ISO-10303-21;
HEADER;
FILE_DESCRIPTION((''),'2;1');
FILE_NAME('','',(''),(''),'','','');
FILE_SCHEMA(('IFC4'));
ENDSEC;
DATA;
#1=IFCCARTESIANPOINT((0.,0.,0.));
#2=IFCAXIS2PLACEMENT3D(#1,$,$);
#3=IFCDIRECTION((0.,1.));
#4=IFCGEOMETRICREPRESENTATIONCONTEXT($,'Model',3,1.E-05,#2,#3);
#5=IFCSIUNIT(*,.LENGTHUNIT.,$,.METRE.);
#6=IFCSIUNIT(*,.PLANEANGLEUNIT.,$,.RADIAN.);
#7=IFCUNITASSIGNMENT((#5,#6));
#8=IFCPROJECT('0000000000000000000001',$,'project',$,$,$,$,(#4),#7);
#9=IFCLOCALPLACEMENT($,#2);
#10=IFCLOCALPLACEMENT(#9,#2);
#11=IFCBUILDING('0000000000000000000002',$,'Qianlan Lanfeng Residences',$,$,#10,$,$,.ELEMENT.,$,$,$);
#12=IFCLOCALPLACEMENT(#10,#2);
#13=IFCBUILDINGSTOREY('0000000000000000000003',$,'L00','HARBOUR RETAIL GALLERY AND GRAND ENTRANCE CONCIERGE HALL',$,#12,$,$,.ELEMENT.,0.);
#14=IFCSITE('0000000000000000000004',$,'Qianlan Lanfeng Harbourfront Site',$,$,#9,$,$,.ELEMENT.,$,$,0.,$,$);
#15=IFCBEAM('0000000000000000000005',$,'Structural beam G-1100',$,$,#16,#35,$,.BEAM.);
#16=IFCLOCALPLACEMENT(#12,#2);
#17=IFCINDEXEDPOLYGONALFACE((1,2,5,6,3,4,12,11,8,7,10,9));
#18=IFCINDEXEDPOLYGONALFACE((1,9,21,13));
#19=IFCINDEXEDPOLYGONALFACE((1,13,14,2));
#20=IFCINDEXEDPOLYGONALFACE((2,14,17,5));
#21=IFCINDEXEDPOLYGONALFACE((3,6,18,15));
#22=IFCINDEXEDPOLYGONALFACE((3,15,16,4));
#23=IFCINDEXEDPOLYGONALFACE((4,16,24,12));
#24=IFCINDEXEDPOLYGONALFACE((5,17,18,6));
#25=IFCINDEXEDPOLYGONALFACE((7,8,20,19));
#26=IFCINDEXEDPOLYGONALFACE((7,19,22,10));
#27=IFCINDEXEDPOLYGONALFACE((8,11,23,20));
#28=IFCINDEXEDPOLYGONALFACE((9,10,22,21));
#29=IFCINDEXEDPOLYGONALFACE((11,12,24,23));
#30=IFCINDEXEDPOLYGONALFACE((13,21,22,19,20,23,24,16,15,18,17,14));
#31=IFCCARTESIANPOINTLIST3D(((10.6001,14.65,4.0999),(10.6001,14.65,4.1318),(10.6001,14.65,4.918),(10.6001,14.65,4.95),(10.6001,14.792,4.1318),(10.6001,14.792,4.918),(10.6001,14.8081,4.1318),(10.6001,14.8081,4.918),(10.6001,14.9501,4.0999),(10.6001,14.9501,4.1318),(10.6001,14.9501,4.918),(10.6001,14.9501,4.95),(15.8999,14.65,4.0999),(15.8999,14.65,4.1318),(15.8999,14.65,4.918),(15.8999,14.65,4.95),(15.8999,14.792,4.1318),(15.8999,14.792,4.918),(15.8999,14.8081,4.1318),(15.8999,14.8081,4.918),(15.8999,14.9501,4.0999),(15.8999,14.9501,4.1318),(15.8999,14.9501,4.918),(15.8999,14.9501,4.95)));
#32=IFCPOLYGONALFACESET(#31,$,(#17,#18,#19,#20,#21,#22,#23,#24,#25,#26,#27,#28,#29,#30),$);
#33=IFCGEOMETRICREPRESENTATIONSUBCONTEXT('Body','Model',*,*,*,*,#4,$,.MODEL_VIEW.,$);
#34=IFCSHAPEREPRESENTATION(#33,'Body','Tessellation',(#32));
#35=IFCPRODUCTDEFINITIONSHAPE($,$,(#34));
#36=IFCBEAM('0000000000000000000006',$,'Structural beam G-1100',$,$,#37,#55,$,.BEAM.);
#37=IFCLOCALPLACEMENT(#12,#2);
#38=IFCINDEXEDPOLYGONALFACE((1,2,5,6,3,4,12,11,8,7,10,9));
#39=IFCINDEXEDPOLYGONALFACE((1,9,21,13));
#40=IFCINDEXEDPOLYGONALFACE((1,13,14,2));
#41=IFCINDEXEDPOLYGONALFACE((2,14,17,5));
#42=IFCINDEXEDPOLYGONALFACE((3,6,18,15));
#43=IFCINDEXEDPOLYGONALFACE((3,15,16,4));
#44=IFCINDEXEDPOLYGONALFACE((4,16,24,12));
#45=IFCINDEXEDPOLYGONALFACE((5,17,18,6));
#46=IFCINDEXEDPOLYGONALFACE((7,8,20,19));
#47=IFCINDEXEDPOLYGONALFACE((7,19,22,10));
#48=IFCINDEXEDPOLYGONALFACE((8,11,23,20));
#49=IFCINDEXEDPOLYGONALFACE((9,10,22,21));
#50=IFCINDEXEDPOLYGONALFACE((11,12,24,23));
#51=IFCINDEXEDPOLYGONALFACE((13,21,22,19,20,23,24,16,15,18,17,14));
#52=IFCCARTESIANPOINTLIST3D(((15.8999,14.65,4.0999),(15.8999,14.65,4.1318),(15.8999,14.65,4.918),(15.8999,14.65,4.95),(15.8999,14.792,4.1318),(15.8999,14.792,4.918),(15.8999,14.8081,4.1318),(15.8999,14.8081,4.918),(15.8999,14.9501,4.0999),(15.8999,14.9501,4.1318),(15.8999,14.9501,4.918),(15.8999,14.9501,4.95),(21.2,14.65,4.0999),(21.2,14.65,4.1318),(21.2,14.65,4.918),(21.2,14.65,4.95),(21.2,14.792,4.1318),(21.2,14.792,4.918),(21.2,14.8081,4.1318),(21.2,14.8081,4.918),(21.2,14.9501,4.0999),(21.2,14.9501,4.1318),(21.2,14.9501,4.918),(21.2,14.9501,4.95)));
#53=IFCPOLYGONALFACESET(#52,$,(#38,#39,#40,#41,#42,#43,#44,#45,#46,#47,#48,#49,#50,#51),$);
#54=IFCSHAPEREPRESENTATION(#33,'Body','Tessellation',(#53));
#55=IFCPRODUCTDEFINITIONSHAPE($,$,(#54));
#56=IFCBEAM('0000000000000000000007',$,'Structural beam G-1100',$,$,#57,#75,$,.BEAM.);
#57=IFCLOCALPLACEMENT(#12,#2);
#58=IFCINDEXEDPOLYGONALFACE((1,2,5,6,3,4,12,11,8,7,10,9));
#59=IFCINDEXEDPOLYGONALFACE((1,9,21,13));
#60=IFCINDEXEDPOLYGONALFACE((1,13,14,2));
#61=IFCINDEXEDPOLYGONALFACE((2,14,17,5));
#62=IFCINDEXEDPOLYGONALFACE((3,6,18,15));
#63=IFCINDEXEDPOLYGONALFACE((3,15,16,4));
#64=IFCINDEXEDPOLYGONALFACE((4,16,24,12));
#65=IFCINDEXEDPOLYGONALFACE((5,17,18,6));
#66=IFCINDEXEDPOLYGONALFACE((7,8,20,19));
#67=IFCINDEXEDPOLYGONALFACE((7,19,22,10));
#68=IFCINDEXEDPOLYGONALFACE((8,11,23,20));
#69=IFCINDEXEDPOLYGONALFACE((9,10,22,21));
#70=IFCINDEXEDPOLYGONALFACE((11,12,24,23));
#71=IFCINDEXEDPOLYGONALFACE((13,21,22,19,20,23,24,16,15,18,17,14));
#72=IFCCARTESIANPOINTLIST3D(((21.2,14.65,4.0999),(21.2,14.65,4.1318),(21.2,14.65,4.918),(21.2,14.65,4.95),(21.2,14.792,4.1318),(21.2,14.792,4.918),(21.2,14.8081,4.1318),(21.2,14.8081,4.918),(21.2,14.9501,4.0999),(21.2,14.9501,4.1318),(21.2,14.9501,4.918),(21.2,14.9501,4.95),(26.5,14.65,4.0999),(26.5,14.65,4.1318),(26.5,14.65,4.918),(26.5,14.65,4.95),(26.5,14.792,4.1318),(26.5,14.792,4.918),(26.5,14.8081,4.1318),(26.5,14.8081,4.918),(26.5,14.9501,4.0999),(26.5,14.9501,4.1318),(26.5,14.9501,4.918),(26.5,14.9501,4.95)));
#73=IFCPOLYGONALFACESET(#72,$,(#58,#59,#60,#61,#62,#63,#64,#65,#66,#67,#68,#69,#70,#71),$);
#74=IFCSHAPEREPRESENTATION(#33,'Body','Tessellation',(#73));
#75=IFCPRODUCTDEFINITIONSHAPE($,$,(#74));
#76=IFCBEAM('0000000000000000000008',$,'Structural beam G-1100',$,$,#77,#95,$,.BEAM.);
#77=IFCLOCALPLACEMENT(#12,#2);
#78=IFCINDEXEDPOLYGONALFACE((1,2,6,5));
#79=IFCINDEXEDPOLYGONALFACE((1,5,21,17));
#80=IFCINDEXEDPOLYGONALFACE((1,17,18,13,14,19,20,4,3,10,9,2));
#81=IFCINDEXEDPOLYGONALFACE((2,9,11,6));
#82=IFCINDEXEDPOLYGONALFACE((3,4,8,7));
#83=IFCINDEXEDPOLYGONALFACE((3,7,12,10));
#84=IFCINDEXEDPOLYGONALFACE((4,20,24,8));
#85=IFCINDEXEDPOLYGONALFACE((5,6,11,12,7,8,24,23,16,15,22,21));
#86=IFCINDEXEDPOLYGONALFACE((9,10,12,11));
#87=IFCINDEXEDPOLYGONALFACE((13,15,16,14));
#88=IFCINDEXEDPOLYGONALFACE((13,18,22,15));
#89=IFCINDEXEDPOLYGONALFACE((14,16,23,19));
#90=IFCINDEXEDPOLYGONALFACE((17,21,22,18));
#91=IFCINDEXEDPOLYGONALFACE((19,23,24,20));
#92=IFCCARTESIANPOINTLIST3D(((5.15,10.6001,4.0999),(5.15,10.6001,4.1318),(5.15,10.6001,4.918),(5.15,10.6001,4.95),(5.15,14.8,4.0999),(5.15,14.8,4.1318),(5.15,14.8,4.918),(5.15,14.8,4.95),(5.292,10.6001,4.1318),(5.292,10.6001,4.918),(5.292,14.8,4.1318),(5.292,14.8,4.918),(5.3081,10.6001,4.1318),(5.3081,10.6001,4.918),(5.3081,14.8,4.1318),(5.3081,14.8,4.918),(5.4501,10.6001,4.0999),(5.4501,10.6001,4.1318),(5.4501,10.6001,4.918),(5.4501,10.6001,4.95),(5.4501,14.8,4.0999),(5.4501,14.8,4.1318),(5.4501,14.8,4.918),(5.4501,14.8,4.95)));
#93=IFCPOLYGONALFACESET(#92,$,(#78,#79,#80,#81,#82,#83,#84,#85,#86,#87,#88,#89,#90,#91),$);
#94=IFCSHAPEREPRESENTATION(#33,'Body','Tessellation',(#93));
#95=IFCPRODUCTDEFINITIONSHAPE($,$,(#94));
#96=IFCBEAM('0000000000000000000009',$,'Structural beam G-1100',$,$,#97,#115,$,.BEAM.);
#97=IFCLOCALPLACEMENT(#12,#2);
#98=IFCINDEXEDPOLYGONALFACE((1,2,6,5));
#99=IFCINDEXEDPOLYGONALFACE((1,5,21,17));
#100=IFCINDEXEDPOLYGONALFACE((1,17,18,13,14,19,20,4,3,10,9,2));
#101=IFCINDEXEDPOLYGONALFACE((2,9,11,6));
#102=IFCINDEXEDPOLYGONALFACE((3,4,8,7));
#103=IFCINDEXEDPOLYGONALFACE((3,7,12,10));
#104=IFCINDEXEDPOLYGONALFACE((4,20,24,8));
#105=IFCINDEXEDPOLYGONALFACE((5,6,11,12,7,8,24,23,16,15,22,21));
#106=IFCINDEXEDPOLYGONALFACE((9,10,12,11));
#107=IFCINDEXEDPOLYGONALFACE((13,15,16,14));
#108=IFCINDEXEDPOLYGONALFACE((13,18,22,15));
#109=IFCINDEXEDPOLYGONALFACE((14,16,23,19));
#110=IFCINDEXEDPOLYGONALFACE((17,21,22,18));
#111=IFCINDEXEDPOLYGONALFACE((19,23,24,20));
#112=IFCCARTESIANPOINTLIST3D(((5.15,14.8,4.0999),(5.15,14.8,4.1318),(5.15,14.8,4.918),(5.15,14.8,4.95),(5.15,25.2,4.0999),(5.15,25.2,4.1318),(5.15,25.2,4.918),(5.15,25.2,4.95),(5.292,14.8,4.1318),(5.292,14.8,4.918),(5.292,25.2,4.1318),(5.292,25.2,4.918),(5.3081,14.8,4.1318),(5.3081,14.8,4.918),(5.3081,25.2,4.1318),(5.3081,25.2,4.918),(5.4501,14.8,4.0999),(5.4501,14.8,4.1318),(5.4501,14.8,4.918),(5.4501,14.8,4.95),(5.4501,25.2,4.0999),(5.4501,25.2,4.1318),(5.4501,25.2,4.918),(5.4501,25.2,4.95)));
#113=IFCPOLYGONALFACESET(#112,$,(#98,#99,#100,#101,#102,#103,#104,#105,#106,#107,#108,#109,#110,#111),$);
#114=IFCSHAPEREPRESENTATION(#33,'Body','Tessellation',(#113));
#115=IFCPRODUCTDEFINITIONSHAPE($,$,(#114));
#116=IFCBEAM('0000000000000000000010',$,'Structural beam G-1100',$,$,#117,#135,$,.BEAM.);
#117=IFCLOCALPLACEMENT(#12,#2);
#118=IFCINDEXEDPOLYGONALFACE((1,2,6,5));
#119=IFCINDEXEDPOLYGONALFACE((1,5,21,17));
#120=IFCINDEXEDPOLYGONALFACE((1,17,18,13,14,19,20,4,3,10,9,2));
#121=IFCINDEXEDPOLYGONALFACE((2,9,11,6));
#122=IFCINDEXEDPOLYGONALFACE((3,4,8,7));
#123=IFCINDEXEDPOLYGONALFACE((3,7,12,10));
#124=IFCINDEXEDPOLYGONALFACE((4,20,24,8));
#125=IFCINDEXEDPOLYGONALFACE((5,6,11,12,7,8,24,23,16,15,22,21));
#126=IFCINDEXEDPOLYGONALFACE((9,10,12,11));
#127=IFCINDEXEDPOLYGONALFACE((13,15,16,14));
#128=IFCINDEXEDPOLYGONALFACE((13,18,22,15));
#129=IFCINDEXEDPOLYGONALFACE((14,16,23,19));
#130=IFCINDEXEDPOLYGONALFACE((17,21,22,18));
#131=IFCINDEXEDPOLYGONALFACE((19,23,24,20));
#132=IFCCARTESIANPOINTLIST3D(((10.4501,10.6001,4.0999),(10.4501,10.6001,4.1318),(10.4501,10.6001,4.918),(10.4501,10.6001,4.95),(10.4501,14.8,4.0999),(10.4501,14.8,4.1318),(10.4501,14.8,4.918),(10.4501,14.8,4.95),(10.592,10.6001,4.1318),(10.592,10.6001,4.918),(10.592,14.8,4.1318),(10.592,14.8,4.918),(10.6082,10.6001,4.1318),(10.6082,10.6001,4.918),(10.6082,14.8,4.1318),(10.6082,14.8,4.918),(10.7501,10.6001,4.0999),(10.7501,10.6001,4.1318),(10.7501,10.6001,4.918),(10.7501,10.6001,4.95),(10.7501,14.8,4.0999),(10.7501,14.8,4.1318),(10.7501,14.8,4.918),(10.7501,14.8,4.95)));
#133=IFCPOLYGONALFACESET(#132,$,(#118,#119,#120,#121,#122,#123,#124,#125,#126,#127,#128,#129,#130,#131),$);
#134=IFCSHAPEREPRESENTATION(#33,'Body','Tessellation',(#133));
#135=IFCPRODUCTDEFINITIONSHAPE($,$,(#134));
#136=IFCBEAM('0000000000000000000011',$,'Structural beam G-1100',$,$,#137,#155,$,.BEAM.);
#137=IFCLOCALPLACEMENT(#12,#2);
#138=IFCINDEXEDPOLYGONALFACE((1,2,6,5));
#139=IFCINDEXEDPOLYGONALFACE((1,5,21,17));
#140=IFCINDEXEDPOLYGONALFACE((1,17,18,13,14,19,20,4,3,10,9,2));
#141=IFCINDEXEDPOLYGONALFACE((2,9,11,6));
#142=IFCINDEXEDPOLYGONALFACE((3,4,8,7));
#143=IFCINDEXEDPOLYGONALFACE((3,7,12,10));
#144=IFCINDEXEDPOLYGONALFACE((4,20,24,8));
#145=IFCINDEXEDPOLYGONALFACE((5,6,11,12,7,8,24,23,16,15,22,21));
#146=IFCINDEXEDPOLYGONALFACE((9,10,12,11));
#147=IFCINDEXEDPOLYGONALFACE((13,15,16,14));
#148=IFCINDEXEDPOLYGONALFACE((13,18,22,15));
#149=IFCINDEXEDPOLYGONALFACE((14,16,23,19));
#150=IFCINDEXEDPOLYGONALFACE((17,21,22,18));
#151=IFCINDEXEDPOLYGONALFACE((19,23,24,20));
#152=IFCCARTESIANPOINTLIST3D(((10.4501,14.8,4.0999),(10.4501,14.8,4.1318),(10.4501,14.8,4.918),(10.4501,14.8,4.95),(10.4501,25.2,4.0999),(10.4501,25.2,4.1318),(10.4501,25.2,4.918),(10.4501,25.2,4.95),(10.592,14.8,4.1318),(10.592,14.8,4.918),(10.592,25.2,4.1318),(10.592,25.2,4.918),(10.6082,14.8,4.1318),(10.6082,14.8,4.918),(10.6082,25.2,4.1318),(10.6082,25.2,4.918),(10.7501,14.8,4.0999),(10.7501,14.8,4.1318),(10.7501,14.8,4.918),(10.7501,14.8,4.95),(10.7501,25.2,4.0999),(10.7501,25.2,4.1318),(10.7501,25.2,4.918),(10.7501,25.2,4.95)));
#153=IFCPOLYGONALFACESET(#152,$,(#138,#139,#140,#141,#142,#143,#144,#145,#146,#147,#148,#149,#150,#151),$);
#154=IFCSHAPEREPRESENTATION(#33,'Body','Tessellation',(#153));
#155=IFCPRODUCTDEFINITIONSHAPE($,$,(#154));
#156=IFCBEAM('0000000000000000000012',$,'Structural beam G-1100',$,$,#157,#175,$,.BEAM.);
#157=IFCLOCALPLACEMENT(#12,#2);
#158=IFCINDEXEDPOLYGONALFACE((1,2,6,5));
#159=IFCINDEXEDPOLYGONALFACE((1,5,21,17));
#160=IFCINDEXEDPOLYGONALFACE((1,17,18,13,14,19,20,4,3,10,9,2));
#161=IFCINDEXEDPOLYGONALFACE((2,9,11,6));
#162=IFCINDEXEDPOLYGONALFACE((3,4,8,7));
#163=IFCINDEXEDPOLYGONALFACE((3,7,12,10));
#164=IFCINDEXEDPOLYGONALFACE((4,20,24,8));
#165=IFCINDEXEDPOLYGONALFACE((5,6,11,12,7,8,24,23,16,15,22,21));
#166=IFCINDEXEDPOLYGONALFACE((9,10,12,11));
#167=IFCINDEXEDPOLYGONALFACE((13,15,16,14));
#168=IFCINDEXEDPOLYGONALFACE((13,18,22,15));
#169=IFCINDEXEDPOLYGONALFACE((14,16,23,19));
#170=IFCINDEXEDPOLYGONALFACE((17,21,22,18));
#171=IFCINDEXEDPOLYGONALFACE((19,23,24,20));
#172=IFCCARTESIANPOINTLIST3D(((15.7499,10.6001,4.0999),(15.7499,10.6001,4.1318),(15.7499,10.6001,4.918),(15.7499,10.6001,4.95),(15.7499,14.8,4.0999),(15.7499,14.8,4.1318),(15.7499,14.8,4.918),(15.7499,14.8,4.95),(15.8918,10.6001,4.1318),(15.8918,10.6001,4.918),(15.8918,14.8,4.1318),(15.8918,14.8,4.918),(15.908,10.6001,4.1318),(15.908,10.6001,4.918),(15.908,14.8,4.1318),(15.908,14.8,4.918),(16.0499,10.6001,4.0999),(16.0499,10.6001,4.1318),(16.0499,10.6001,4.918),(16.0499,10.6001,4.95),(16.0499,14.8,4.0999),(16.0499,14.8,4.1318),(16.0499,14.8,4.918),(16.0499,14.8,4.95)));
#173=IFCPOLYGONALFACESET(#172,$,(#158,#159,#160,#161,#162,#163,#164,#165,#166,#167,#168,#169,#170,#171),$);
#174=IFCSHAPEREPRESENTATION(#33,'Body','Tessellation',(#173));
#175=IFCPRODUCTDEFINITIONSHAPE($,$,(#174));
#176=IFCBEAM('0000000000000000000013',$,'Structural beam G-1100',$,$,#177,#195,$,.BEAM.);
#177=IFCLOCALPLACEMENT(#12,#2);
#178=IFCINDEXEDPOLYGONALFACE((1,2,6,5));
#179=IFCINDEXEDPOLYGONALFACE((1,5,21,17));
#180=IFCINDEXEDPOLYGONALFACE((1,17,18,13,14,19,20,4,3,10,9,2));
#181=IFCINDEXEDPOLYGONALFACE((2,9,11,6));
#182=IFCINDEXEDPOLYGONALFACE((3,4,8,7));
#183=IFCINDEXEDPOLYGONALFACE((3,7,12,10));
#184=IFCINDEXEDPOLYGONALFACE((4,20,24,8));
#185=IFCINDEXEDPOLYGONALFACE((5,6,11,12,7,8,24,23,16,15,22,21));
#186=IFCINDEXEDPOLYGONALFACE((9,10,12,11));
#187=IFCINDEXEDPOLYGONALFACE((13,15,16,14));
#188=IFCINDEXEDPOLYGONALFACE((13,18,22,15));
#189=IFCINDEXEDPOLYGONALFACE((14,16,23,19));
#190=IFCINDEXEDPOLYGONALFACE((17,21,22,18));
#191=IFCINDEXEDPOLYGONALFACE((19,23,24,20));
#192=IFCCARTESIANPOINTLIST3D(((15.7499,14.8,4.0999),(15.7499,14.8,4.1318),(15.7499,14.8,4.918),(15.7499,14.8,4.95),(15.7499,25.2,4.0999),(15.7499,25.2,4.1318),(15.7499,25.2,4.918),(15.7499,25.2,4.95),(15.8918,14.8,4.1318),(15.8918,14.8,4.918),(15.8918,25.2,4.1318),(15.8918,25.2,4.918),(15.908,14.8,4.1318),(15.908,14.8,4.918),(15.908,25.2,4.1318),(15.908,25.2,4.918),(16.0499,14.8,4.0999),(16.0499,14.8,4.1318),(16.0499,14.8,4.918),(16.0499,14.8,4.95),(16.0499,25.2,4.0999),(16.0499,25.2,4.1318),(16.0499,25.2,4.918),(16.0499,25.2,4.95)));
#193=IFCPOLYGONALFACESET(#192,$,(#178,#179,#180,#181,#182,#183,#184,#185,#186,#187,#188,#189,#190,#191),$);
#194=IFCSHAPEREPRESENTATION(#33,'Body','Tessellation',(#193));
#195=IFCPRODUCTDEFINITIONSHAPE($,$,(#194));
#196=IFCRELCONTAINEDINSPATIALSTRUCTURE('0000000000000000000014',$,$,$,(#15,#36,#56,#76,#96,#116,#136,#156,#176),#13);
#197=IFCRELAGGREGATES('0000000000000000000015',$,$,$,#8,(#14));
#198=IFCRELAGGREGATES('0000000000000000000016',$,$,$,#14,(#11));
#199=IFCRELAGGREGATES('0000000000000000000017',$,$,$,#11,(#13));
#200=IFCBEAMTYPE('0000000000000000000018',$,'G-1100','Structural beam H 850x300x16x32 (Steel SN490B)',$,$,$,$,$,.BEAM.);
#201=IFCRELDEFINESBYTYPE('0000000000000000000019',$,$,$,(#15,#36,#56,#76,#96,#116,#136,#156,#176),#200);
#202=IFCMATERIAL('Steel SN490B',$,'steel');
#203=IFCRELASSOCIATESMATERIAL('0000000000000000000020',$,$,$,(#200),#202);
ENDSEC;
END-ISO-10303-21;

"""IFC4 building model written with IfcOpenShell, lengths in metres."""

from ifc_helpers import new_model, si_unit, direction, frame, origin, origin_2d, place, context, subcontext, project, spatial, i_section, extrude, material, material_profile, profile_set, type_object, element, save


model = new_model("IFC4")

# Units and contexts
model_context = context("Model", 3, precision=1e-05, world=origin(), true_north=direction((0.0, 1.0)))
body_context = subcontext(model_context, "Body", "Model", "MODEL_VIEW")
ifc_project = project(units=[si_unit("LENGTHUNIT", "METRE"), si_unit("PLANEANGLEUNIT", "RADIAN")], contexts=[model_context])

# Site, building, storey
site_placement = place(None, origin())
site = spatial("IfcSite", under=ifc_project, at=site_placement, Name="Qianlan Lanfeng Harbourfront Site", CompositionType="ELEMENT", RefElevation=0.0)
building_placement = place(site_placement, origin())
building = spatial("IfcBuilding", under=site, at=building_placement, Name="Qianlan Lanfeng Residences", CompositionType="ELEMENT")
storey_placement = place(building_placement, origin())
storey = spatial("IfcBuildingStorey", under=building, at=storey_placement, Name="L00", Description="HARBOUR RETAIL GALLERY AND GRAND ENTRANCE CONCIERGE HALL", CompositionType="ELEMENT", Elevation=0.0)

# Beams
ifc_material_1 = material(Name="Steel SN490B", Category="steel")
ifc_material_profile_1 = material_profile(ifc_material_1, i_section(OverallWidth=0.3, OverallDepth=0.8501, WebThickness=0.0161, FlangeThickness=0.032, at=origin_2d()), Name="H 850x300x16x32")
ifc_profile_set_1 = profile_set([ifc_material_profile_1], Name="Steel SN490B")
beam_type_1 = type_object("IfcBeamType", Name="G-1100", Description="Structural beam H 850x300x16x32 (Steel SN490B)", PredefinedType="BEAM", material=ifc_profile_set_1)
beam_1_placement = place(storey_placement, frame((10.6001, 14.8, 4.5249), z_axis=(1.0, 0.0, 0.0), x_axis=(0.0, 1.0, 0.0)))
element("IfcBeam", 1, at=beam_1_placement, inside=storey, type_object=beam_type_1, Name="Structural beam G-1100", PredefinedType="BEAM", context=body_context, shape_type="SweptSolid", body=[
    extrude(i_section(OverallWidth=0.3, OverallDepth=0.8501, WebThickness=0.0161, FlangeThickness=0.032, at=origin_2d()), origin(), (0.0, 0.0, 1.0), 5.2998),
])
for number, where, z_axis, x_axis, name in (
    (2, (15.8999, 14.8, 4.5249), (1.0, 0.0, 0.0), (0.0, 1.0, 0.0), "Structural beam G-1100"),
    (3, (21.2, 14.8, 4.5249), (1.0, 0.0, 0.0), (0.0, 1.0, 0.0), "Structural beam G-1100"),
):
    element("IfcBeam", number, at=place(storey_placement, frame(where, z_axis=z_axis, x_axis=x_axis)), inside=storey, type_object=beam_type_1, Name=name, PredefinedType="BEAM", context=body_context, shape_type="SweptSolid", body=[
        extrude(i_section(OverallWidth=0.3, OverallDepth=0.8501, WebThickness=0.0161, FlangeThickness=0.032, at=origin_2d()), origin(), (0.0, 0.0, 1.0), 5.3),
    ])
beam_2_placement = place(storey_placement, frame((5.3, 10.6001, 4.5249), z_axis=(0.0, 1.0, 0.0), x_axis=(-1.0, 0.0, 0.0)))
element("IfcBeam", 4, at=beam_2_placement, inside=storey, type_object=beam_type_1, Name="Structural beam G-1100", PredefinedType="BEAM", context=body_context, shape_type="SweptSolid", body=[
    extrude(i_section(OverallWidth=0.3, OverallDepth=0.8501, WebThickness=0.0161, FlangeThickness=0.032, at=origin_2d()), origin(), (0.0, 0.0, 1.0), 4.2),
])
beam_3_placement = place(storey_placement, frame((5.3, 14.8, 4.5249), z_axis=(0.0, 1.0, 0.0), x_axis=(-1.0, 0.0, 0.0)))
element("IfcBeam", 5, at=beam_3_placement, inside=storey, type_object=beam_type_1, Name="Structural beam G-1100", PredefinedType="BEAM", context=body_context, shape_type="SweptSolid", body=[
    extrude(i_section(OverallWidth=0.3, OverallDepth=0.8501, WebThickness=0.0161, FlangeThickness=0.032, at=origin_2d()), origin(), (0.0, 0.0, 1.0), 10.3999),
])
beam_4_placement = place(storey_placement, frame((10.6001, 10.6001, 4.5249), z_axis=(0.0, 1.0, 0.0), x_axis=(-1.0, 0.0, 0.0)))
element("IfcBeam", 6, at=beam_4_placement, inside=storey, type_object=beam_type_1, Name="Structural beam G-1100", PredefinedType="BEAM", context=body_context, shape_type="SweptSolid", body=[
    extrude(i_section(OverallWidth=0.3, OverallDepth=0.8501, WebThickness=0.0161, FlangeThickness=0.032, at=origin_2d()), origin(), (0.0, 0.0, 1.0), 4.2),
])
beam_5_placement = place(storey_placement, frame((10.6001, 14.8, 4.5249), z_axis=(0.0, 1.0, 0.0), x_axis=(-1.0, 0.0, 0.0)))
element("IfcBeam", 7, at=beam_5_placement, inside=storey, type_object=beam_type_1, Name="Structural beam G-1100", PredefinedType="BEAM", context=body_context, shape_type="SweptSolid", body=[
    extrude(i_section(OverallWidth=0.3, OverallDepth=0.8501, WebThickness=0.0161, FlangeThickness=0.032, at=origin_2d()), origin(), (0.0, 0.0, 1.0), 10.3999),
])
beam_6_placement = place(storey_placement, frame((15.8999, 10.6001, 4.5249), z_axis=(0.0, 1.0, 0.0), x_axis=(-1.0, 0.0, 0.0)))
element("IfcBeam", 8, at=beam_6_placement, inside=storey, type_object=beam_type_1, Name="Structural beam G-1100", PredefinedType="BEAM", context=body_context, shape_type="SweptSolid", body=[
    extrude(i_section(OverallWidth=0.3, OverallDepth=0.8501, WebThickness=0.0161, FlangeThickness=0.032, at=origin_2d()), origin(), (0.0, 0.0, 1.0), 4.2),
])
beam_7_placement = place(storey_placement, frame((15.8999, 14.8, 4.5249), z_axis=(0.0, 1.0, 0.0), x_axis=(-1.0, 0.0, 0.0)))
element("IfcBeam", 9, at=beam_7_placement, inside=storey, type_object=beam_type_1, Name="Structural beam G-1100", PredefinedType="BEAM", context=body_context, shape_type="SweptSolid", body=[
    extrude(i_section(OverallWidth=0.3, OverallDepth=0.8501, WebThickness=0.0161, FlangeThickness=0.032, at=origin_2d()), origin(), (0.0, 0.0, 1.0), 10.3999),
])

save(model, "model.ifc")
